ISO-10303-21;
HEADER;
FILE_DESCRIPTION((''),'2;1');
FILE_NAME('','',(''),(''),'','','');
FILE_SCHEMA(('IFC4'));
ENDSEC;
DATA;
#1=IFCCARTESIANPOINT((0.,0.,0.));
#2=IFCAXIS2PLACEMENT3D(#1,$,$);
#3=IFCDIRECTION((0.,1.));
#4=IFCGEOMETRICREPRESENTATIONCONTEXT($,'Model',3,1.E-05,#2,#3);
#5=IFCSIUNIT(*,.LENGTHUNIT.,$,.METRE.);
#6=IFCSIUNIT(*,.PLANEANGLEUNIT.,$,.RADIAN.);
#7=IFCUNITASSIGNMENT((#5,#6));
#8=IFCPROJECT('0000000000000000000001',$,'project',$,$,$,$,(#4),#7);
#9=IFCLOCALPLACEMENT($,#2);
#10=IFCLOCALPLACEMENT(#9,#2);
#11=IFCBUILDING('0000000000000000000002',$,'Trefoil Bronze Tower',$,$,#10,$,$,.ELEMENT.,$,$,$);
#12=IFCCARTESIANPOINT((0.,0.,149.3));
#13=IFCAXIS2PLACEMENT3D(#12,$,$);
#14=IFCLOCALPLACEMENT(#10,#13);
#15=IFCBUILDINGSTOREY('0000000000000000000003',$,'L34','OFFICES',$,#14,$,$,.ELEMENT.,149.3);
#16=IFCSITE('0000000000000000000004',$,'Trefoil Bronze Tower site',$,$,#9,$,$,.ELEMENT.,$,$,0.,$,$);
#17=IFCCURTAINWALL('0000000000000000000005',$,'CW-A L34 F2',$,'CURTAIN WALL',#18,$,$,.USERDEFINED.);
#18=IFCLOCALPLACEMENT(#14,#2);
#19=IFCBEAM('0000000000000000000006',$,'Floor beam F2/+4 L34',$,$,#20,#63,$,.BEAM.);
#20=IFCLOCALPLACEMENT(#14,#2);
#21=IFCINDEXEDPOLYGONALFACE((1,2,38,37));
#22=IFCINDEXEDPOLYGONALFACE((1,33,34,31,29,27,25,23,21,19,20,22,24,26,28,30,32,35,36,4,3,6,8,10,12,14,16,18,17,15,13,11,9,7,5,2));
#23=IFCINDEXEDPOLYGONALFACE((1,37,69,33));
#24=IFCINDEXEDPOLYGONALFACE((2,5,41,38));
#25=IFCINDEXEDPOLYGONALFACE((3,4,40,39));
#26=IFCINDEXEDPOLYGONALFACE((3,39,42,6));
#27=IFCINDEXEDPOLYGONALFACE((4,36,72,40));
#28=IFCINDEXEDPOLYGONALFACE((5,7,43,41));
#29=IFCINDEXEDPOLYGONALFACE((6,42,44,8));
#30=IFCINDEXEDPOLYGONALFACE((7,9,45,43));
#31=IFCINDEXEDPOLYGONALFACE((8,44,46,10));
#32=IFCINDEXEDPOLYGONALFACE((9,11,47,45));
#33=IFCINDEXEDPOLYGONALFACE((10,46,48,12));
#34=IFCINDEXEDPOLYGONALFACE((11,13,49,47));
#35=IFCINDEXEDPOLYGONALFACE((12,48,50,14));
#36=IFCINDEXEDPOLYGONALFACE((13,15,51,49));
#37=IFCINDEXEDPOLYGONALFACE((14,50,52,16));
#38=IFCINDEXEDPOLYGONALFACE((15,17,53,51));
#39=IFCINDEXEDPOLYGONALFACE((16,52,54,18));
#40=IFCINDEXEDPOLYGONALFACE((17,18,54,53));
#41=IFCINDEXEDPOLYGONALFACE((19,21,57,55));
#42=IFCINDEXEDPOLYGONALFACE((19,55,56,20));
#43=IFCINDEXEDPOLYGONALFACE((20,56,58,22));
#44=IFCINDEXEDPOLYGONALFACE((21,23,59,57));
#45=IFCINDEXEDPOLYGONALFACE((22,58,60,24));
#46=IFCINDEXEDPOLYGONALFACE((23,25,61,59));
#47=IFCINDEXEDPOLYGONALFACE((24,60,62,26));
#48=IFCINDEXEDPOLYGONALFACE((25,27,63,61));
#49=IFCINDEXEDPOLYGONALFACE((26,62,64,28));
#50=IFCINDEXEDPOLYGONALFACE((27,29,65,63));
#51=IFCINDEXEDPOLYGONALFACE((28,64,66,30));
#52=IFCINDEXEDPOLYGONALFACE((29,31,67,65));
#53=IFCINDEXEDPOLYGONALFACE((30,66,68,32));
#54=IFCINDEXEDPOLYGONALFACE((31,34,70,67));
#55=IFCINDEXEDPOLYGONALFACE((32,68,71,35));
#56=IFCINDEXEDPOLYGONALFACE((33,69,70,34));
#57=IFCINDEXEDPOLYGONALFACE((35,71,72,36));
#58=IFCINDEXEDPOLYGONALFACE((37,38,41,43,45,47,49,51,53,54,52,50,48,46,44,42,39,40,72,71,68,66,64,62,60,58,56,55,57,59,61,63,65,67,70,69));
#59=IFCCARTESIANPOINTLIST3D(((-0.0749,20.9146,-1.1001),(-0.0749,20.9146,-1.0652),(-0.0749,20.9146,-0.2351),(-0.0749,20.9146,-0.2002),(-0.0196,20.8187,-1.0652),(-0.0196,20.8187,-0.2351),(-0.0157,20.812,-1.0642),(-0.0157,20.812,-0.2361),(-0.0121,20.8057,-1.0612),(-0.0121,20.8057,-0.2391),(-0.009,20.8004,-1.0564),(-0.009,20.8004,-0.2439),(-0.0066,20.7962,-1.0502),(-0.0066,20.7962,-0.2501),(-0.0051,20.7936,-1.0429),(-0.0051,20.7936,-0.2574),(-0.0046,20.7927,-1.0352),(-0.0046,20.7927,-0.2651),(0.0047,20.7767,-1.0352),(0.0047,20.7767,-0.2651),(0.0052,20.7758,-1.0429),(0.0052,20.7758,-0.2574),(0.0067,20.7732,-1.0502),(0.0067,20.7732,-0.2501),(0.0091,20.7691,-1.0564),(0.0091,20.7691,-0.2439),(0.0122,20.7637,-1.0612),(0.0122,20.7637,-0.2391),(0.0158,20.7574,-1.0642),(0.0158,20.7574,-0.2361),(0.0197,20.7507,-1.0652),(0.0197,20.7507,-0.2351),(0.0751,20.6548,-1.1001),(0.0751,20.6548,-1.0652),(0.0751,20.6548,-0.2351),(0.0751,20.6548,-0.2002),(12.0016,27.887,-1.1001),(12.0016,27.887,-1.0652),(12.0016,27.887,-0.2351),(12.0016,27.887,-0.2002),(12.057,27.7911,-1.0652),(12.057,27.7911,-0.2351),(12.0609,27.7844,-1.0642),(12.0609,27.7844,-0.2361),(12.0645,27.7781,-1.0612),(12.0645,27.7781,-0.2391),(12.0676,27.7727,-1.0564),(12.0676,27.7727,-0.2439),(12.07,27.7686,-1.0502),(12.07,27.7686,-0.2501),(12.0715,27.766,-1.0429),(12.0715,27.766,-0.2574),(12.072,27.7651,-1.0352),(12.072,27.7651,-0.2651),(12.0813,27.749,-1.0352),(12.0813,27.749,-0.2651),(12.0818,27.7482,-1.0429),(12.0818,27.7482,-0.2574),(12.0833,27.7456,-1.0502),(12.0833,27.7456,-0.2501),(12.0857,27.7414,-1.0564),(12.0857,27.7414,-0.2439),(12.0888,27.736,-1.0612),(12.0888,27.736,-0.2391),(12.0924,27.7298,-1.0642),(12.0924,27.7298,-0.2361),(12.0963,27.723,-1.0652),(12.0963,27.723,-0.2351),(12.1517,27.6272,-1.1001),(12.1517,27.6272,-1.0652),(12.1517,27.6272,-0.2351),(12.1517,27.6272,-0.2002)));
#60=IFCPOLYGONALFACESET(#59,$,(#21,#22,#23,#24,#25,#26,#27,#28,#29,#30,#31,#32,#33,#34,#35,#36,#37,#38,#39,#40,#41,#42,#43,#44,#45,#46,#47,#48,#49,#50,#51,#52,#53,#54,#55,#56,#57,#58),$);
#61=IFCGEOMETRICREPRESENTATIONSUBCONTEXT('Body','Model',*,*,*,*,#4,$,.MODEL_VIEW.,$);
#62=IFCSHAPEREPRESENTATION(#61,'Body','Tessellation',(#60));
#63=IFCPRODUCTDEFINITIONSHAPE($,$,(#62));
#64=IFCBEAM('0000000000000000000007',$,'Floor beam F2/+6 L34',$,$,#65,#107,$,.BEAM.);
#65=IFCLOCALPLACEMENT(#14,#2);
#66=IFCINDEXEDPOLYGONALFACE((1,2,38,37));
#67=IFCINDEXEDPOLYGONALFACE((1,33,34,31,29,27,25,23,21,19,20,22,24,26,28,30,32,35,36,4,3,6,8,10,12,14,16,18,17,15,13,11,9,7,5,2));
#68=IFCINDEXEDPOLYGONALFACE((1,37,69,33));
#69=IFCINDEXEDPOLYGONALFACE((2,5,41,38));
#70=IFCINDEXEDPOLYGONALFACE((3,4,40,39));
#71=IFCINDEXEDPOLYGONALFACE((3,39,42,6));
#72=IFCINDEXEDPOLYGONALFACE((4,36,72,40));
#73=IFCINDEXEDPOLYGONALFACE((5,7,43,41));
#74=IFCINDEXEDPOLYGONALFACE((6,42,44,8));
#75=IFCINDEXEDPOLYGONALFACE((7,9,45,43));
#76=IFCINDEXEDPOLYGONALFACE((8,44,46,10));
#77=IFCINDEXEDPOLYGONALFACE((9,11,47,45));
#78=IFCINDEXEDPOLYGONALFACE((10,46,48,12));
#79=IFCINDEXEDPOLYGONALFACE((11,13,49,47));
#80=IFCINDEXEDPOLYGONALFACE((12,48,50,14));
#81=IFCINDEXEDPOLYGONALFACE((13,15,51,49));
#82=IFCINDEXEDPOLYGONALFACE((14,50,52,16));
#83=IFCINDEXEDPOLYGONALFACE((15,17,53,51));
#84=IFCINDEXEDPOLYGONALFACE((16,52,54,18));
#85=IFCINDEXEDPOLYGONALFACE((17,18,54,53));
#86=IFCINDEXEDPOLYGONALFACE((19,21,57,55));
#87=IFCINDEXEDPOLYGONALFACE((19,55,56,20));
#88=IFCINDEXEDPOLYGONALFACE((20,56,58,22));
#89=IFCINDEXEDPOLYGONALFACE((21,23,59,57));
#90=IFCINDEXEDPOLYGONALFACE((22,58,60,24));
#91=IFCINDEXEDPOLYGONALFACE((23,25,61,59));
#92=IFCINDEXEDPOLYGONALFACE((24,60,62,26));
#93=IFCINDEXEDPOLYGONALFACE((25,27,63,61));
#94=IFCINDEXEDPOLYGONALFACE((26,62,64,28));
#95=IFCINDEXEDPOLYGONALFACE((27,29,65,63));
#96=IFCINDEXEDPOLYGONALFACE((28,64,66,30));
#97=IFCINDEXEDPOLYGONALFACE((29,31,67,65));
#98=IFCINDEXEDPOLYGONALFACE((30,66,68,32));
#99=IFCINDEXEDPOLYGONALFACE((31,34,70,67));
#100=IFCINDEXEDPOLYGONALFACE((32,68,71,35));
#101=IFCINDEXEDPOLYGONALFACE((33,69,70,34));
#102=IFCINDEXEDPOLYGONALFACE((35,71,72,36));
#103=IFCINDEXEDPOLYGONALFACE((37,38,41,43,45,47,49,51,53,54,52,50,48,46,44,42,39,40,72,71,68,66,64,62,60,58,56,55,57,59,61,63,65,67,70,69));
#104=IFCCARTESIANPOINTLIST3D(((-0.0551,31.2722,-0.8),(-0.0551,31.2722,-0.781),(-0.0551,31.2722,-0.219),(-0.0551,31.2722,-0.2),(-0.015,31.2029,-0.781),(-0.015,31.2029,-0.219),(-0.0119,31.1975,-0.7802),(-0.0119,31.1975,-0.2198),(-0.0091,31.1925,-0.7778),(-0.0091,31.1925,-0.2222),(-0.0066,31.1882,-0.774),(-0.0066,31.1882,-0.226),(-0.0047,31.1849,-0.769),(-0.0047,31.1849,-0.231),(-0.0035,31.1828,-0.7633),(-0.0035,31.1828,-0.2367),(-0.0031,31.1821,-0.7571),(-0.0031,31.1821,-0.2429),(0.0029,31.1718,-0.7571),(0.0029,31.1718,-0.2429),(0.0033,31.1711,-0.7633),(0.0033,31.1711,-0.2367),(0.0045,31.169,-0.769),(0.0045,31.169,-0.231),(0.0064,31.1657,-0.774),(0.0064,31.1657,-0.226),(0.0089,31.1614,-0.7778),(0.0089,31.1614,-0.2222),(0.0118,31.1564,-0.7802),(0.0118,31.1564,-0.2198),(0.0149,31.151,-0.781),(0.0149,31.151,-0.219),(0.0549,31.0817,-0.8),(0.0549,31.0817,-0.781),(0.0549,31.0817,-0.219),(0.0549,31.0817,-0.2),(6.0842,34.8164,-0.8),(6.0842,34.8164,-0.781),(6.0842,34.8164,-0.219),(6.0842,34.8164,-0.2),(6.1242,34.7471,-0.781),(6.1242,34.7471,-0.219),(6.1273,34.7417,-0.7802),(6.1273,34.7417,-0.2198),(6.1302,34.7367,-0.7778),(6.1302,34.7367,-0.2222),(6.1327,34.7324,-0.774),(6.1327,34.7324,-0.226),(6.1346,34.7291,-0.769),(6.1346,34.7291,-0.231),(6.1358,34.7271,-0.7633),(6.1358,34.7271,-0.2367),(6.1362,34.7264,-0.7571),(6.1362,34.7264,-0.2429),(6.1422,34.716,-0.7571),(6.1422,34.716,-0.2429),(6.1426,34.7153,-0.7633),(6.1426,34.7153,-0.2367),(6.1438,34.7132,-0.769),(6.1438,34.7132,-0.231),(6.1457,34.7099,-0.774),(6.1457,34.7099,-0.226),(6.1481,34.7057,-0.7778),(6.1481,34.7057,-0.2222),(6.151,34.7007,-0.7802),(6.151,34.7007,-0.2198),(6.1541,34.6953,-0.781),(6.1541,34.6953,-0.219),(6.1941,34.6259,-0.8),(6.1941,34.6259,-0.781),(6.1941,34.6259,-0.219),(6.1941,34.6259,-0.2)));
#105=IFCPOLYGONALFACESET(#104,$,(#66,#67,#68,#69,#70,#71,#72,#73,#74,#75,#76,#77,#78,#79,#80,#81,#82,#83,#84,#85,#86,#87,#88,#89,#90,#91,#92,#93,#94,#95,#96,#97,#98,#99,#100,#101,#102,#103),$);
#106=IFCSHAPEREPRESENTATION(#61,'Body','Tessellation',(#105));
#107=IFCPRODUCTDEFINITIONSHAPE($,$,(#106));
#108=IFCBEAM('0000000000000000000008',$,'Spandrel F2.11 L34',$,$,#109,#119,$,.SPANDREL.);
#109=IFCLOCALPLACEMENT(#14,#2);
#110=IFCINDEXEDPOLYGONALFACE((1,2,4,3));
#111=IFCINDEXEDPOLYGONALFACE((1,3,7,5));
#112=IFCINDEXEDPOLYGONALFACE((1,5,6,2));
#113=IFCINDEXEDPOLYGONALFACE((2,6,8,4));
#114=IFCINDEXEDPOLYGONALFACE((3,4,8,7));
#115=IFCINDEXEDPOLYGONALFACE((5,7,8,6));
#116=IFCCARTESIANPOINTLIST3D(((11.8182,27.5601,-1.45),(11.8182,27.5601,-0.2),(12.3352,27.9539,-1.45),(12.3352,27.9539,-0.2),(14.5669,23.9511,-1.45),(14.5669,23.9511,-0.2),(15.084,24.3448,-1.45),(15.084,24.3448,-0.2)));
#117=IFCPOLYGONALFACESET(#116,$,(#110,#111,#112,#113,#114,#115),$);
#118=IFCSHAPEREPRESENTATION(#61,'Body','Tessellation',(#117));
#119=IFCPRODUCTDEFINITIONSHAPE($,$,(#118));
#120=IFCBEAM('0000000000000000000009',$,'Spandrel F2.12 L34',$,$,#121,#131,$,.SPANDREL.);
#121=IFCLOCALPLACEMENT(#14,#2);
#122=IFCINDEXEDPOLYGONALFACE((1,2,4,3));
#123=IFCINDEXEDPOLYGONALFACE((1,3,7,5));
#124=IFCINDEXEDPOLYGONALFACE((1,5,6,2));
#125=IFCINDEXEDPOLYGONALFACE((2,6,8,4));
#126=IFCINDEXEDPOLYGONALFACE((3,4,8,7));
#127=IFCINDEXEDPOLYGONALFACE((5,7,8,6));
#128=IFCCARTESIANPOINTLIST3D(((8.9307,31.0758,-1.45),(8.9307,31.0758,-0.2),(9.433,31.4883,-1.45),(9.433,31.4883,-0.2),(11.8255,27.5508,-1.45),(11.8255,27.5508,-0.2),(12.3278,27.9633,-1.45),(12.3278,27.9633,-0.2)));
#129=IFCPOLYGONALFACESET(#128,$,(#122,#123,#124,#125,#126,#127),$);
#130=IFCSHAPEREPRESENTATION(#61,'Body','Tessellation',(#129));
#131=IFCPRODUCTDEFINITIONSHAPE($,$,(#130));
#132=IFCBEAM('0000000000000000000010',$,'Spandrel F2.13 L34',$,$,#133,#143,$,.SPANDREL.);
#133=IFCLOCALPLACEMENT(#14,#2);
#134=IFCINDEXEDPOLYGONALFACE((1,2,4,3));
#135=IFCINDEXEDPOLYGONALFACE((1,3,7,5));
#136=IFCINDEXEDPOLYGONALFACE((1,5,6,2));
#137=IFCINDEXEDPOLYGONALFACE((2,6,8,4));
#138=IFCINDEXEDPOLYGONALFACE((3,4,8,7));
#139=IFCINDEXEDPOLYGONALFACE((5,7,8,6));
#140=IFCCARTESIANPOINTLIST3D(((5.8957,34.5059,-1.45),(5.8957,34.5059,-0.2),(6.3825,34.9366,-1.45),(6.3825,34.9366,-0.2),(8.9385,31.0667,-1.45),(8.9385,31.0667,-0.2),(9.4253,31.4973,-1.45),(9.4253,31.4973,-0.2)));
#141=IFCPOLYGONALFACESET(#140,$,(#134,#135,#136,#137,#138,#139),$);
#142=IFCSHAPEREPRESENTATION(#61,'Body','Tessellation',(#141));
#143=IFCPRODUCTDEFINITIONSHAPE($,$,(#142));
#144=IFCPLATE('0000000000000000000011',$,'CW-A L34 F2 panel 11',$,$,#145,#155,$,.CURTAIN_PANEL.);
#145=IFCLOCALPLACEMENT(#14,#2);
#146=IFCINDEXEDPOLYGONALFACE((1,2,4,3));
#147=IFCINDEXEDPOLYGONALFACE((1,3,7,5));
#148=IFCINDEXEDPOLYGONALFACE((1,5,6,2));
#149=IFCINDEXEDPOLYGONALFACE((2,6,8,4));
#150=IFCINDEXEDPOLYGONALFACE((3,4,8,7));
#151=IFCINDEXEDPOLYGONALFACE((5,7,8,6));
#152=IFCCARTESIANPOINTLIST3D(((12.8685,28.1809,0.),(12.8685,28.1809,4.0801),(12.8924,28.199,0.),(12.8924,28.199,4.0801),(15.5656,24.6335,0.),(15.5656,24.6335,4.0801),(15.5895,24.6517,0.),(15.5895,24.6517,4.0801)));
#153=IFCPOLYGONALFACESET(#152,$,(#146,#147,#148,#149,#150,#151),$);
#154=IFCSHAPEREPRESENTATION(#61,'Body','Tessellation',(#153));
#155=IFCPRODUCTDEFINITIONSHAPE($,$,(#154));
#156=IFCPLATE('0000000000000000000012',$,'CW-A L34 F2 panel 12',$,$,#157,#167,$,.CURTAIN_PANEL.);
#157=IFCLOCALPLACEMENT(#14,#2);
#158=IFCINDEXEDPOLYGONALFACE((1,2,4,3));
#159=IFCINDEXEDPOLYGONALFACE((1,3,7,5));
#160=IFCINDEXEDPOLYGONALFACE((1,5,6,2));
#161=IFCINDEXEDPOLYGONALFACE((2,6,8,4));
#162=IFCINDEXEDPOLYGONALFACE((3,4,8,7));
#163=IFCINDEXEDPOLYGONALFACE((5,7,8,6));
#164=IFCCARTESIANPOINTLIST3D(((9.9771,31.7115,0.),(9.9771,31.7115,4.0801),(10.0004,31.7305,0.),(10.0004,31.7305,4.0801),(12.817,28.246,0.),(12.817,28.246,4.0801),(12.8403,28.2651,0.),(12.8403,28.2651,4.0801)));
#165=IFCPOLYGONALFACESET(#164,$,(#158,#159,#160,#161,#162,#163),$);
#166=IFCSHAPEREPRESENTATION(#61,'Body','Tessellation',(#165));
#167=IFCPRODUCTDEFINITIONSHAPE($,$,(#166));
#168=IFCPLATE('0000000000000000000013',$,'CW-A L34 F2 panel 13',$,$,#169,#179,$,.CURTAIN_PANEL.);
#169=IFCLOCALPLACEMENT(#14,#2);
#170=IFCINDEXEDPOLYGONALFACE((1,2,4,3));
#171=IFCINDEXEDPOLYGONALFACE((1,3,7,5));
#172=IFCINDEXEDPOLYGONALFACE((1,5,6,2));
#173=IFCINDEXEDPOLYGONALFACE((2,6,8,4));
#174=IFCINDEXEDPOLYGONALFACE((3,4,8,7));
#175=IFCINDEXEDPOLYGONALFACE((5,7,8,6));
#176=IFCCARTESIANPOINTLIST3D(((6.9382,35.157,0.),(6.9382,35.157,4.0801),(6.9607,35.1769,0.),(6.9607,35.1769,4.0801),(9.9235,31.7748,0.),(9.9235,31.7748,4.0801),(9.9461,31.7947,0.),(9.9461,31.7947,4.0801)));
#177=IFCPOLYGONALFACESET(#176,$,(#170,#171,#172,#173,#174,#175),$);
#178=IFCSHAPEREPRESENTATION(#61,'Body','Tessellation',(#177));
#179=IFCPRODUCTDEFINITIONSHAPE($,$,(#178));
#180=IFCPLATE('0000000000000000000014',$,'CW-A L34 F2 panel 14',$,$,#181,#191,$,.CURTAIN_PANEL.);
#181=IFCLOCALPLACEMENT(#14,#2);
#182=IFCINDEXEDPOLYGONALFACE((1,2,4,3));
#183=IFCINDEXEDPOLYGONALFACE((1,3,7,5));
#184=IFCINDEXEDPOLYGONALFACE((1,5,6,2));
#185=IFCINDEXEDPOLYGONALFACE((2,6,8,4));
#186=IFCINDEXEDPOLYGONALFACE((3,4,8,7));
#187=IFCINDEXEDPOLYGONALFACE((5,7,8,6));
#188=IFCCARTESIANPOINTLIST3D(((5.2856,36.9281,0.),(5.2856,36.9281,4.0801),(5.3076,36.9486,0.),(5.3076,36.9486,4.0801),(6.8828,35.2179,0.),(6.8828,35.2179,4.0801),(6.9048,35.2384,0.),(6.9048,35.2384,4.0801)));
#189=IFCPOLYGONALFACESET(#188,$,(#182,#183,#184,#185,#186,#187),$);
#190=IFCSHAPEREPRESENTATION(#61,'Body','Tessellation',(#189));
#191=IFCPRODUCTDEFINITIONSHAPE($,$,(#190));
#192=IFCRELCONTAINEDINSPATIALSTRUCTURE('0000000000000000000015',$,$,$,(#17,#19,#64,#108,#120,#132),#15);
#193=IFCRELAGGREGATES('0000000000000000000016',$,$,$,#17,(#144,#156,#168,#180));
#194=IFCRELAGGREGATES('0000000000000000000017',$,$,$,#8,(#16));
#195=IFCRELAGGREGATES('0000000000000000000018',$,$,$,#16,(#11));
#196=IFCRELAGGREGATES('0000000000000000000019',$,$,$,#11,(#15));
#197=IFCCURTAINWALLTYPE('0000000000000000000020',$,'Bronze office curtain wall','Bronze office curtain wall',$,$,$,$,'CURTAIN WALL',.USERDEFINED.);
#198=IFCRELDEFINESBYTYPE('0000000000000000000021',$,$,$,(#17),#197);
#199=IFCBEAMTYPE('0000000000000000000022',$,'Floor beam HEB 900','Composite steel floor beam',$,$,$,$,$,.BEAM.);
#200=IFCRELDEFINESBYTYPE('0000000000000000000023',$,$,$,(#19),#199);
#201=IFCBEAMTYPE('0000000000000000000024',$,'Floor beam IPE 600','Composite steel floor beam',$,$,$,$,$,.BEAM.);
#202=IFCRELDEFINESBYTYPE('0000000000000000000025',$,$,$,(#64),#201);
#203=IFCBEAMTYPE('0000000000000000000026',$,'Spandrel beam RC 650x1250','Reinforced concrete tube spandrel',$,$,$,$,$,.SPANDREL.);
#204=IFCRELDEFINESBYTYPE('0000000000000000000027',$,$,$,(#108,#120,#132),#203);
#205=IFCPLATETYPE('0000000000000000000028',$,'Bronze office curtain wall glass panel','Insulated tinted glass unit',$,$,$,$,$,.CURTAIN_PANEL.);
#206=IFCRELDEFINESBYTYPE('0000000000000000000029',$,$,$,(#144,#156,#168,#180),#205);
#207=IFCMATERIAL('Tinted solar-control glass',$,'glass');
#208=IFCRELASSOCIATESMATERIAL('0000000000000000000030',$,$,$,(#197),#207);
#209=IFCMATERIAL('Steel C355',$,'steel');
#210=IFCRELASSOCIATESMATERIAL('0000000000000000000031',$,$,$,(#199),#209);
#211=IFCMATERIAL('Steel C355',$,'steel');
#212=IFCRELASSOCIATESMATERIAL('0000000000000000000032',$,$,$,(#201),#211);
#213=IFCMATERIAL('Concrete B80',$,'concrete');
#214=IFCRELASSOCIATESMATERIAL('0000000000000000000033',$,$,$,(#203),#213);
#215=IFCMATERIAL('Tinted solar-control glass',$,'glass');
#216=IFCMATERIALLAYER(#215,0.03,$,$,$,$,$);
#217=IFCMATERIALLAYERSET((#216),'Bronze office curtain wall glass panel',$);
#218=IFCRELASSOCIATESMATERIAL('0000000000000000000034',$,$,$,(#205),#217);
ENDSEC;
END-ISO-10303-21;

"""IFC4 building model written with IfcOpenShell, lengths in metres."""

from ifc_helpers import new_model, si_unit, direction, frame, origin, origin_2d, place, context, subcontext, project, spatial, rectangle, i_section, extrude, material, layer, layer_set, material_profile, profile_set, type_object, element, aggregate, save


model = new_model("IFC4")

# Units and contexts
model_context = context("Model", 3, precision=1e-05, world=origin(), true_north=direction((0.0, 1.0)))
body_context = subcontext(model_context, "Body", "Model", "MODEL_VIEW")
ifc_project = project(units=[si_unit("LENGTHUNIT", "METRE"), si_unit("PLANEANGLEUNIT", "RADIAN")], contexts=[model_context])

# Site, building, storey
site_placement = place(None, origin())
site = spatial("IfcSite", under=ifc_project, at=site_placement, Name="Trefoil Bronze Tower site", CompositionType="ELEMENT", RefElevation=0.0)
building_placement = place(site_placement, origin())
building = spatial("IfcBuilding", under=site, at=building_placement, Name="Trefoil Bronze Tower", CompositionType="ELEMENT")
storey_placement = place(building_placement, frame((0.0, 0.0, 149.3)))
storey = spatial("IfcBuildingStorey", under=building, at=storey_placement, Name="L34", Description="OFFICES", CompositionType="ELEMENT", Elevation=149.3)

# Curtain wall
ifc_material_1 = material(Name="Tinted solar-control glass", Category="glass")
curtain_wall_type_1 = type_object("IfcCurtainWallType", Name="Bronze office curtain wall", Description="Bronze office curtain wall", ElementType="CURTAIN WALL", PredefinedType="USERDEFINED", material=ifc_material_1)
curtain_wall_1_placement = place(storey_placement, origin())
curtain_wall_1 = element("IfcCurtainWall", 1, at=curtain_wall_1_placement, inside=storey, type_object=curtain_wall_type_1, Name="CW-A L34 F2", ObjectType="CURTAIN WALL", PredefinedType="USERDEFINED")

# Beams
ifc_material_2 = material(Name="Steel C355", Category="steel")
ifc_material_profile_1 = material_profile(ifc_material_2, i_section(OverallWidth=0.3, OverallDepth=0.8999, WebThickness=0.0186, FlangeThickness=0.0349, FilletRadius=0.03, at=origin_2d()), Name="HEB 900")
ifc_profile_set_1 = profile_set([ifc_material_profile_1], Name="Steel C355")
beam_type_1 = type_object("IfcBeamType", Name="Floor beam HEB 900", Description="Composite steel floor beam", PredefinedType="BEAM", material=ifc_profile_set_1)
beam_1_placement = place(storey_placement, frame((12.0767, 27.7571, -0.6501), z_axis=(-0.866027, -0.499997, 0.0), x_axis=(0.499997, -0.866027, 0.0)))
element("IfcBeam", 2, at=beam_1_placement, inside=storey, type_object=beam_type_1, Name="Floor beam F2/+4 L34", PredefinedType="BEAM", context=body_context, shape_type="SweptSolid", body=[
    extrude(i_section(OverallWidth=0.3, OverallDepth=0.8999, WebThickness=0.0186, FlangeThickness=0.0349, FilletRadius=0.03, at=origin_2d()), origin(), (0.0, 0.0, 1.0), 13.9448),
])
ifc_material_3 = material(Name="Steel C355", Category="steel")
ifc_material_profile_2 = material_profile(ifc_material_3, i_section(OverallWidth=0.22, OverallDepth=0.6001, WebThickness=0.012, FlangeThickness=0.019, FilletRadius=0.0239, at=origin_2d()), Name="IPE 600")
ifc_profile_set_2 = profile_set([ifc_material_profile_2], Name="Steel C355")
beam_type_2 = type_object("IfcBeamType", Name="Floor beam IPE 600", Description="Composite steel floor beam", PredefinedType="BEAM", material=ifc_profile_set_2)
beam_2_placement = place(storey_placement, frame((6.1392, 34.7212, -0.5), z_axis=(-0.866041, -0.499973, 0.0), x_axis=(0.499973, -0.866041, 0.0)))
element("IfcBeam", 3, at=beam_2_placement, inside=storey, type_object=beam_type_2, Name="Floor beam F2/+6 L34", PredefinedType="BEAM", context=body_context, shape_type="SweptSolid", body=[
    extrude(i_section(OverallWidth=0.22, OverallDepth=0.6001, WebThickness=0.012, FlangeThickness=0.019, FilletRadius=0.0239, at=origin_2d()), origin(), (0.0, 0.0, 1.0), 7.0889),
])
ifc_material_4 = material(Name="Concrete B80", Category="concrete")
ifc_material_profile_3 = material_profile(ifc_material_4, rectangle(XDim=0.6499, YDim=1.25, at=origin_2d()), Name="RC 650x1250")
ifc_profile_set_3 = profile_set([ifc_material_profile_3], Name="Concrete B80")
beam_type_3 = type_object("IfcBeamType", Name="Spandrel beam RC 650x1250", Description="Reinforced concrete tube spandrel", PredefinedType="SPANDREL", material=ifc_profile_set_3)
beam_3_placement = place(storey_placement, frame((14.8254, 24.1479, -0.825), z_axis=(-0.605899, 0.795542, 0.0), x_axis=(-0.795542, -0.605899, 0.0)))
element("IfcBeam", 4, at=beam_3_placement, inside=storey, type_object=beam_type_3, Name="Spandrel F2.11 L34", PredefinedType="SPANDREL", context=body_context, shape_type="SweptSolid", body=[
    extrude(rectangle(XDim=0.6499, YDim=1.25, at=origin_2d()), origin(), (0.0, 0.0, 1.0), 4.5366),
])
beam_4_placement = place(storey_placement, frame((12.0767, 27.7571, -0.825), z_axis=(-0.63465, 0.772799, 0.0), x_axis=(-0.772799, -0.63465, 0.0)))
element("IfcBeam", 5, at=beam_4_placement, inside=storey, type_object=beam_type_3, Name="Spandrel F2.12 L34", PredefinedType="SPANDREL", context=body_context, shape_type="SweptSolid", body=[
    extrude(rectangle(XDim=0.6499, YDim=1.25, at=origin_2d()), origin(), (0.0, 0.0, 1.0), 4.5613),
])
beam_5_placement = place(storey_placement, frame((9.1819, 31.282, -0.825), z_axis=(-0.662616, 0.748959, 0.0), x_axis=(-0.748959, -0.662616, 0.0)))
element("IfcBeam", 6, at=beam_5_placement, inside=storey, type_object=beam_type_3, Name="Spandrel F2.13 L34", PredefinedType="SPANDREL", context=body_context, shape_type="SweptSolid", body=[
    extrude(rectangle(XDim=0.6499, YDim=1.25, at=origin_2d()), origin(), (0.0, 0.0, 1.0), 4.592),
])

# Plates
ifc_material_5 = material(Name="Tinted solar-control glass", Category="glass")
ifc_layer_1 = layer(ifc_material_5, 0.03)
ifc_layer_set_1 = layer_set([ifc_layer_1], Name="Bronze office curtain wall glass panel")
plate_type_1 = type_object("IfcPlateType", Name="Bronze office curtain wall glass panel", Description="Insulated tinted glass unit", PredefinedType="CURTAIN_PANEL", material=ifc_layer_set_1)
plate_1_placement = place(storey_placement, frame((14.229, 26.4163, 0.0), z_axis=(0.0, 0.0, 1.0), x_axis=(-0.605252, 0.796034, 0.0)))
plate_1 = element("IfcPlate", 7, at=plate_1_placement, type_object=plate_type_1, Name="CW-A L34 F2 panel 11", PredefinedType="CURTAIN_PANEL", context=body_context, shape_type="SweptSolid", body=[
    extrude(rectangle(XDim=4.4563, YDim=0.03, at=origin_2d()), origin(), (0.0, 0.0, 1.0), 4.0801),
])
plate_2_placement = place(storey_placement, frame((11.4087, 29.9883, 0.0), z_axis=(0.0, 0.0, 1.0), x_axis=(-0.63384, 0.773464, 0.0)))
plate_2 = element("IfcPlate", 8, at=plate_2_placement, type_object=plate_type_1, Name="CW-A L34 F2 panel 12", PredefinedType="CURTAIN_PANEL", context=body_context, shape_type="SweptSolid", body=[
    extrude(rectangle(XDim=4.4805, YDim=0.03, at=origin_2d()), origin(), (0.0, 0.0, 1.0), 4.0801),
])
plate_3_placement = place(storey_placement, frame((8.4421, 33.4758, 0.0), z_axis=(0.0, 0.0, 1.0), x_axis=(-0.661751, 0.749723, 0.0)))
plate_3 = element("IfcPlate", 9, at=plate_3_placement, type_object=plate_type_1, Name="CW-A L34 F2 panel 13", PredefinedType="CURTAIN_PANEL", context=body_context, shape_type="SweptSolid", body=[
    extrude(rectangle(XDim=4.5112, YDim=0.03, at=origin_2d()), origin(), (0.0, 0.0, 1.0), 4.0801),
])
plate_4_placement = place(storey_placement, frame((6.0952, 36.0833, 0.0), z_axis=(0.0, 0.0, 1.0), x_axis=(-0.682536, 0.730852, 0.0)))
plate_4 = element("IfcPlate", 10, at=plate_4_placement, type_object=plate_type_1, Name="CW-A L34 F2 panel 14", PredefinedType="CURTAIN_PANEL", context=body_context, shape_type="SweptSolid", body=[
    extrude(rectangle(XDim=2.3401, YDim=0.03, at=origin_2d()), origin(), (0.0, 0.0, 1.0), 4.0801),
])
aggregate(curtain_wall_1, [plate_1, plate_2, plate_3, plate_4])

save(model, "model.ifc")
